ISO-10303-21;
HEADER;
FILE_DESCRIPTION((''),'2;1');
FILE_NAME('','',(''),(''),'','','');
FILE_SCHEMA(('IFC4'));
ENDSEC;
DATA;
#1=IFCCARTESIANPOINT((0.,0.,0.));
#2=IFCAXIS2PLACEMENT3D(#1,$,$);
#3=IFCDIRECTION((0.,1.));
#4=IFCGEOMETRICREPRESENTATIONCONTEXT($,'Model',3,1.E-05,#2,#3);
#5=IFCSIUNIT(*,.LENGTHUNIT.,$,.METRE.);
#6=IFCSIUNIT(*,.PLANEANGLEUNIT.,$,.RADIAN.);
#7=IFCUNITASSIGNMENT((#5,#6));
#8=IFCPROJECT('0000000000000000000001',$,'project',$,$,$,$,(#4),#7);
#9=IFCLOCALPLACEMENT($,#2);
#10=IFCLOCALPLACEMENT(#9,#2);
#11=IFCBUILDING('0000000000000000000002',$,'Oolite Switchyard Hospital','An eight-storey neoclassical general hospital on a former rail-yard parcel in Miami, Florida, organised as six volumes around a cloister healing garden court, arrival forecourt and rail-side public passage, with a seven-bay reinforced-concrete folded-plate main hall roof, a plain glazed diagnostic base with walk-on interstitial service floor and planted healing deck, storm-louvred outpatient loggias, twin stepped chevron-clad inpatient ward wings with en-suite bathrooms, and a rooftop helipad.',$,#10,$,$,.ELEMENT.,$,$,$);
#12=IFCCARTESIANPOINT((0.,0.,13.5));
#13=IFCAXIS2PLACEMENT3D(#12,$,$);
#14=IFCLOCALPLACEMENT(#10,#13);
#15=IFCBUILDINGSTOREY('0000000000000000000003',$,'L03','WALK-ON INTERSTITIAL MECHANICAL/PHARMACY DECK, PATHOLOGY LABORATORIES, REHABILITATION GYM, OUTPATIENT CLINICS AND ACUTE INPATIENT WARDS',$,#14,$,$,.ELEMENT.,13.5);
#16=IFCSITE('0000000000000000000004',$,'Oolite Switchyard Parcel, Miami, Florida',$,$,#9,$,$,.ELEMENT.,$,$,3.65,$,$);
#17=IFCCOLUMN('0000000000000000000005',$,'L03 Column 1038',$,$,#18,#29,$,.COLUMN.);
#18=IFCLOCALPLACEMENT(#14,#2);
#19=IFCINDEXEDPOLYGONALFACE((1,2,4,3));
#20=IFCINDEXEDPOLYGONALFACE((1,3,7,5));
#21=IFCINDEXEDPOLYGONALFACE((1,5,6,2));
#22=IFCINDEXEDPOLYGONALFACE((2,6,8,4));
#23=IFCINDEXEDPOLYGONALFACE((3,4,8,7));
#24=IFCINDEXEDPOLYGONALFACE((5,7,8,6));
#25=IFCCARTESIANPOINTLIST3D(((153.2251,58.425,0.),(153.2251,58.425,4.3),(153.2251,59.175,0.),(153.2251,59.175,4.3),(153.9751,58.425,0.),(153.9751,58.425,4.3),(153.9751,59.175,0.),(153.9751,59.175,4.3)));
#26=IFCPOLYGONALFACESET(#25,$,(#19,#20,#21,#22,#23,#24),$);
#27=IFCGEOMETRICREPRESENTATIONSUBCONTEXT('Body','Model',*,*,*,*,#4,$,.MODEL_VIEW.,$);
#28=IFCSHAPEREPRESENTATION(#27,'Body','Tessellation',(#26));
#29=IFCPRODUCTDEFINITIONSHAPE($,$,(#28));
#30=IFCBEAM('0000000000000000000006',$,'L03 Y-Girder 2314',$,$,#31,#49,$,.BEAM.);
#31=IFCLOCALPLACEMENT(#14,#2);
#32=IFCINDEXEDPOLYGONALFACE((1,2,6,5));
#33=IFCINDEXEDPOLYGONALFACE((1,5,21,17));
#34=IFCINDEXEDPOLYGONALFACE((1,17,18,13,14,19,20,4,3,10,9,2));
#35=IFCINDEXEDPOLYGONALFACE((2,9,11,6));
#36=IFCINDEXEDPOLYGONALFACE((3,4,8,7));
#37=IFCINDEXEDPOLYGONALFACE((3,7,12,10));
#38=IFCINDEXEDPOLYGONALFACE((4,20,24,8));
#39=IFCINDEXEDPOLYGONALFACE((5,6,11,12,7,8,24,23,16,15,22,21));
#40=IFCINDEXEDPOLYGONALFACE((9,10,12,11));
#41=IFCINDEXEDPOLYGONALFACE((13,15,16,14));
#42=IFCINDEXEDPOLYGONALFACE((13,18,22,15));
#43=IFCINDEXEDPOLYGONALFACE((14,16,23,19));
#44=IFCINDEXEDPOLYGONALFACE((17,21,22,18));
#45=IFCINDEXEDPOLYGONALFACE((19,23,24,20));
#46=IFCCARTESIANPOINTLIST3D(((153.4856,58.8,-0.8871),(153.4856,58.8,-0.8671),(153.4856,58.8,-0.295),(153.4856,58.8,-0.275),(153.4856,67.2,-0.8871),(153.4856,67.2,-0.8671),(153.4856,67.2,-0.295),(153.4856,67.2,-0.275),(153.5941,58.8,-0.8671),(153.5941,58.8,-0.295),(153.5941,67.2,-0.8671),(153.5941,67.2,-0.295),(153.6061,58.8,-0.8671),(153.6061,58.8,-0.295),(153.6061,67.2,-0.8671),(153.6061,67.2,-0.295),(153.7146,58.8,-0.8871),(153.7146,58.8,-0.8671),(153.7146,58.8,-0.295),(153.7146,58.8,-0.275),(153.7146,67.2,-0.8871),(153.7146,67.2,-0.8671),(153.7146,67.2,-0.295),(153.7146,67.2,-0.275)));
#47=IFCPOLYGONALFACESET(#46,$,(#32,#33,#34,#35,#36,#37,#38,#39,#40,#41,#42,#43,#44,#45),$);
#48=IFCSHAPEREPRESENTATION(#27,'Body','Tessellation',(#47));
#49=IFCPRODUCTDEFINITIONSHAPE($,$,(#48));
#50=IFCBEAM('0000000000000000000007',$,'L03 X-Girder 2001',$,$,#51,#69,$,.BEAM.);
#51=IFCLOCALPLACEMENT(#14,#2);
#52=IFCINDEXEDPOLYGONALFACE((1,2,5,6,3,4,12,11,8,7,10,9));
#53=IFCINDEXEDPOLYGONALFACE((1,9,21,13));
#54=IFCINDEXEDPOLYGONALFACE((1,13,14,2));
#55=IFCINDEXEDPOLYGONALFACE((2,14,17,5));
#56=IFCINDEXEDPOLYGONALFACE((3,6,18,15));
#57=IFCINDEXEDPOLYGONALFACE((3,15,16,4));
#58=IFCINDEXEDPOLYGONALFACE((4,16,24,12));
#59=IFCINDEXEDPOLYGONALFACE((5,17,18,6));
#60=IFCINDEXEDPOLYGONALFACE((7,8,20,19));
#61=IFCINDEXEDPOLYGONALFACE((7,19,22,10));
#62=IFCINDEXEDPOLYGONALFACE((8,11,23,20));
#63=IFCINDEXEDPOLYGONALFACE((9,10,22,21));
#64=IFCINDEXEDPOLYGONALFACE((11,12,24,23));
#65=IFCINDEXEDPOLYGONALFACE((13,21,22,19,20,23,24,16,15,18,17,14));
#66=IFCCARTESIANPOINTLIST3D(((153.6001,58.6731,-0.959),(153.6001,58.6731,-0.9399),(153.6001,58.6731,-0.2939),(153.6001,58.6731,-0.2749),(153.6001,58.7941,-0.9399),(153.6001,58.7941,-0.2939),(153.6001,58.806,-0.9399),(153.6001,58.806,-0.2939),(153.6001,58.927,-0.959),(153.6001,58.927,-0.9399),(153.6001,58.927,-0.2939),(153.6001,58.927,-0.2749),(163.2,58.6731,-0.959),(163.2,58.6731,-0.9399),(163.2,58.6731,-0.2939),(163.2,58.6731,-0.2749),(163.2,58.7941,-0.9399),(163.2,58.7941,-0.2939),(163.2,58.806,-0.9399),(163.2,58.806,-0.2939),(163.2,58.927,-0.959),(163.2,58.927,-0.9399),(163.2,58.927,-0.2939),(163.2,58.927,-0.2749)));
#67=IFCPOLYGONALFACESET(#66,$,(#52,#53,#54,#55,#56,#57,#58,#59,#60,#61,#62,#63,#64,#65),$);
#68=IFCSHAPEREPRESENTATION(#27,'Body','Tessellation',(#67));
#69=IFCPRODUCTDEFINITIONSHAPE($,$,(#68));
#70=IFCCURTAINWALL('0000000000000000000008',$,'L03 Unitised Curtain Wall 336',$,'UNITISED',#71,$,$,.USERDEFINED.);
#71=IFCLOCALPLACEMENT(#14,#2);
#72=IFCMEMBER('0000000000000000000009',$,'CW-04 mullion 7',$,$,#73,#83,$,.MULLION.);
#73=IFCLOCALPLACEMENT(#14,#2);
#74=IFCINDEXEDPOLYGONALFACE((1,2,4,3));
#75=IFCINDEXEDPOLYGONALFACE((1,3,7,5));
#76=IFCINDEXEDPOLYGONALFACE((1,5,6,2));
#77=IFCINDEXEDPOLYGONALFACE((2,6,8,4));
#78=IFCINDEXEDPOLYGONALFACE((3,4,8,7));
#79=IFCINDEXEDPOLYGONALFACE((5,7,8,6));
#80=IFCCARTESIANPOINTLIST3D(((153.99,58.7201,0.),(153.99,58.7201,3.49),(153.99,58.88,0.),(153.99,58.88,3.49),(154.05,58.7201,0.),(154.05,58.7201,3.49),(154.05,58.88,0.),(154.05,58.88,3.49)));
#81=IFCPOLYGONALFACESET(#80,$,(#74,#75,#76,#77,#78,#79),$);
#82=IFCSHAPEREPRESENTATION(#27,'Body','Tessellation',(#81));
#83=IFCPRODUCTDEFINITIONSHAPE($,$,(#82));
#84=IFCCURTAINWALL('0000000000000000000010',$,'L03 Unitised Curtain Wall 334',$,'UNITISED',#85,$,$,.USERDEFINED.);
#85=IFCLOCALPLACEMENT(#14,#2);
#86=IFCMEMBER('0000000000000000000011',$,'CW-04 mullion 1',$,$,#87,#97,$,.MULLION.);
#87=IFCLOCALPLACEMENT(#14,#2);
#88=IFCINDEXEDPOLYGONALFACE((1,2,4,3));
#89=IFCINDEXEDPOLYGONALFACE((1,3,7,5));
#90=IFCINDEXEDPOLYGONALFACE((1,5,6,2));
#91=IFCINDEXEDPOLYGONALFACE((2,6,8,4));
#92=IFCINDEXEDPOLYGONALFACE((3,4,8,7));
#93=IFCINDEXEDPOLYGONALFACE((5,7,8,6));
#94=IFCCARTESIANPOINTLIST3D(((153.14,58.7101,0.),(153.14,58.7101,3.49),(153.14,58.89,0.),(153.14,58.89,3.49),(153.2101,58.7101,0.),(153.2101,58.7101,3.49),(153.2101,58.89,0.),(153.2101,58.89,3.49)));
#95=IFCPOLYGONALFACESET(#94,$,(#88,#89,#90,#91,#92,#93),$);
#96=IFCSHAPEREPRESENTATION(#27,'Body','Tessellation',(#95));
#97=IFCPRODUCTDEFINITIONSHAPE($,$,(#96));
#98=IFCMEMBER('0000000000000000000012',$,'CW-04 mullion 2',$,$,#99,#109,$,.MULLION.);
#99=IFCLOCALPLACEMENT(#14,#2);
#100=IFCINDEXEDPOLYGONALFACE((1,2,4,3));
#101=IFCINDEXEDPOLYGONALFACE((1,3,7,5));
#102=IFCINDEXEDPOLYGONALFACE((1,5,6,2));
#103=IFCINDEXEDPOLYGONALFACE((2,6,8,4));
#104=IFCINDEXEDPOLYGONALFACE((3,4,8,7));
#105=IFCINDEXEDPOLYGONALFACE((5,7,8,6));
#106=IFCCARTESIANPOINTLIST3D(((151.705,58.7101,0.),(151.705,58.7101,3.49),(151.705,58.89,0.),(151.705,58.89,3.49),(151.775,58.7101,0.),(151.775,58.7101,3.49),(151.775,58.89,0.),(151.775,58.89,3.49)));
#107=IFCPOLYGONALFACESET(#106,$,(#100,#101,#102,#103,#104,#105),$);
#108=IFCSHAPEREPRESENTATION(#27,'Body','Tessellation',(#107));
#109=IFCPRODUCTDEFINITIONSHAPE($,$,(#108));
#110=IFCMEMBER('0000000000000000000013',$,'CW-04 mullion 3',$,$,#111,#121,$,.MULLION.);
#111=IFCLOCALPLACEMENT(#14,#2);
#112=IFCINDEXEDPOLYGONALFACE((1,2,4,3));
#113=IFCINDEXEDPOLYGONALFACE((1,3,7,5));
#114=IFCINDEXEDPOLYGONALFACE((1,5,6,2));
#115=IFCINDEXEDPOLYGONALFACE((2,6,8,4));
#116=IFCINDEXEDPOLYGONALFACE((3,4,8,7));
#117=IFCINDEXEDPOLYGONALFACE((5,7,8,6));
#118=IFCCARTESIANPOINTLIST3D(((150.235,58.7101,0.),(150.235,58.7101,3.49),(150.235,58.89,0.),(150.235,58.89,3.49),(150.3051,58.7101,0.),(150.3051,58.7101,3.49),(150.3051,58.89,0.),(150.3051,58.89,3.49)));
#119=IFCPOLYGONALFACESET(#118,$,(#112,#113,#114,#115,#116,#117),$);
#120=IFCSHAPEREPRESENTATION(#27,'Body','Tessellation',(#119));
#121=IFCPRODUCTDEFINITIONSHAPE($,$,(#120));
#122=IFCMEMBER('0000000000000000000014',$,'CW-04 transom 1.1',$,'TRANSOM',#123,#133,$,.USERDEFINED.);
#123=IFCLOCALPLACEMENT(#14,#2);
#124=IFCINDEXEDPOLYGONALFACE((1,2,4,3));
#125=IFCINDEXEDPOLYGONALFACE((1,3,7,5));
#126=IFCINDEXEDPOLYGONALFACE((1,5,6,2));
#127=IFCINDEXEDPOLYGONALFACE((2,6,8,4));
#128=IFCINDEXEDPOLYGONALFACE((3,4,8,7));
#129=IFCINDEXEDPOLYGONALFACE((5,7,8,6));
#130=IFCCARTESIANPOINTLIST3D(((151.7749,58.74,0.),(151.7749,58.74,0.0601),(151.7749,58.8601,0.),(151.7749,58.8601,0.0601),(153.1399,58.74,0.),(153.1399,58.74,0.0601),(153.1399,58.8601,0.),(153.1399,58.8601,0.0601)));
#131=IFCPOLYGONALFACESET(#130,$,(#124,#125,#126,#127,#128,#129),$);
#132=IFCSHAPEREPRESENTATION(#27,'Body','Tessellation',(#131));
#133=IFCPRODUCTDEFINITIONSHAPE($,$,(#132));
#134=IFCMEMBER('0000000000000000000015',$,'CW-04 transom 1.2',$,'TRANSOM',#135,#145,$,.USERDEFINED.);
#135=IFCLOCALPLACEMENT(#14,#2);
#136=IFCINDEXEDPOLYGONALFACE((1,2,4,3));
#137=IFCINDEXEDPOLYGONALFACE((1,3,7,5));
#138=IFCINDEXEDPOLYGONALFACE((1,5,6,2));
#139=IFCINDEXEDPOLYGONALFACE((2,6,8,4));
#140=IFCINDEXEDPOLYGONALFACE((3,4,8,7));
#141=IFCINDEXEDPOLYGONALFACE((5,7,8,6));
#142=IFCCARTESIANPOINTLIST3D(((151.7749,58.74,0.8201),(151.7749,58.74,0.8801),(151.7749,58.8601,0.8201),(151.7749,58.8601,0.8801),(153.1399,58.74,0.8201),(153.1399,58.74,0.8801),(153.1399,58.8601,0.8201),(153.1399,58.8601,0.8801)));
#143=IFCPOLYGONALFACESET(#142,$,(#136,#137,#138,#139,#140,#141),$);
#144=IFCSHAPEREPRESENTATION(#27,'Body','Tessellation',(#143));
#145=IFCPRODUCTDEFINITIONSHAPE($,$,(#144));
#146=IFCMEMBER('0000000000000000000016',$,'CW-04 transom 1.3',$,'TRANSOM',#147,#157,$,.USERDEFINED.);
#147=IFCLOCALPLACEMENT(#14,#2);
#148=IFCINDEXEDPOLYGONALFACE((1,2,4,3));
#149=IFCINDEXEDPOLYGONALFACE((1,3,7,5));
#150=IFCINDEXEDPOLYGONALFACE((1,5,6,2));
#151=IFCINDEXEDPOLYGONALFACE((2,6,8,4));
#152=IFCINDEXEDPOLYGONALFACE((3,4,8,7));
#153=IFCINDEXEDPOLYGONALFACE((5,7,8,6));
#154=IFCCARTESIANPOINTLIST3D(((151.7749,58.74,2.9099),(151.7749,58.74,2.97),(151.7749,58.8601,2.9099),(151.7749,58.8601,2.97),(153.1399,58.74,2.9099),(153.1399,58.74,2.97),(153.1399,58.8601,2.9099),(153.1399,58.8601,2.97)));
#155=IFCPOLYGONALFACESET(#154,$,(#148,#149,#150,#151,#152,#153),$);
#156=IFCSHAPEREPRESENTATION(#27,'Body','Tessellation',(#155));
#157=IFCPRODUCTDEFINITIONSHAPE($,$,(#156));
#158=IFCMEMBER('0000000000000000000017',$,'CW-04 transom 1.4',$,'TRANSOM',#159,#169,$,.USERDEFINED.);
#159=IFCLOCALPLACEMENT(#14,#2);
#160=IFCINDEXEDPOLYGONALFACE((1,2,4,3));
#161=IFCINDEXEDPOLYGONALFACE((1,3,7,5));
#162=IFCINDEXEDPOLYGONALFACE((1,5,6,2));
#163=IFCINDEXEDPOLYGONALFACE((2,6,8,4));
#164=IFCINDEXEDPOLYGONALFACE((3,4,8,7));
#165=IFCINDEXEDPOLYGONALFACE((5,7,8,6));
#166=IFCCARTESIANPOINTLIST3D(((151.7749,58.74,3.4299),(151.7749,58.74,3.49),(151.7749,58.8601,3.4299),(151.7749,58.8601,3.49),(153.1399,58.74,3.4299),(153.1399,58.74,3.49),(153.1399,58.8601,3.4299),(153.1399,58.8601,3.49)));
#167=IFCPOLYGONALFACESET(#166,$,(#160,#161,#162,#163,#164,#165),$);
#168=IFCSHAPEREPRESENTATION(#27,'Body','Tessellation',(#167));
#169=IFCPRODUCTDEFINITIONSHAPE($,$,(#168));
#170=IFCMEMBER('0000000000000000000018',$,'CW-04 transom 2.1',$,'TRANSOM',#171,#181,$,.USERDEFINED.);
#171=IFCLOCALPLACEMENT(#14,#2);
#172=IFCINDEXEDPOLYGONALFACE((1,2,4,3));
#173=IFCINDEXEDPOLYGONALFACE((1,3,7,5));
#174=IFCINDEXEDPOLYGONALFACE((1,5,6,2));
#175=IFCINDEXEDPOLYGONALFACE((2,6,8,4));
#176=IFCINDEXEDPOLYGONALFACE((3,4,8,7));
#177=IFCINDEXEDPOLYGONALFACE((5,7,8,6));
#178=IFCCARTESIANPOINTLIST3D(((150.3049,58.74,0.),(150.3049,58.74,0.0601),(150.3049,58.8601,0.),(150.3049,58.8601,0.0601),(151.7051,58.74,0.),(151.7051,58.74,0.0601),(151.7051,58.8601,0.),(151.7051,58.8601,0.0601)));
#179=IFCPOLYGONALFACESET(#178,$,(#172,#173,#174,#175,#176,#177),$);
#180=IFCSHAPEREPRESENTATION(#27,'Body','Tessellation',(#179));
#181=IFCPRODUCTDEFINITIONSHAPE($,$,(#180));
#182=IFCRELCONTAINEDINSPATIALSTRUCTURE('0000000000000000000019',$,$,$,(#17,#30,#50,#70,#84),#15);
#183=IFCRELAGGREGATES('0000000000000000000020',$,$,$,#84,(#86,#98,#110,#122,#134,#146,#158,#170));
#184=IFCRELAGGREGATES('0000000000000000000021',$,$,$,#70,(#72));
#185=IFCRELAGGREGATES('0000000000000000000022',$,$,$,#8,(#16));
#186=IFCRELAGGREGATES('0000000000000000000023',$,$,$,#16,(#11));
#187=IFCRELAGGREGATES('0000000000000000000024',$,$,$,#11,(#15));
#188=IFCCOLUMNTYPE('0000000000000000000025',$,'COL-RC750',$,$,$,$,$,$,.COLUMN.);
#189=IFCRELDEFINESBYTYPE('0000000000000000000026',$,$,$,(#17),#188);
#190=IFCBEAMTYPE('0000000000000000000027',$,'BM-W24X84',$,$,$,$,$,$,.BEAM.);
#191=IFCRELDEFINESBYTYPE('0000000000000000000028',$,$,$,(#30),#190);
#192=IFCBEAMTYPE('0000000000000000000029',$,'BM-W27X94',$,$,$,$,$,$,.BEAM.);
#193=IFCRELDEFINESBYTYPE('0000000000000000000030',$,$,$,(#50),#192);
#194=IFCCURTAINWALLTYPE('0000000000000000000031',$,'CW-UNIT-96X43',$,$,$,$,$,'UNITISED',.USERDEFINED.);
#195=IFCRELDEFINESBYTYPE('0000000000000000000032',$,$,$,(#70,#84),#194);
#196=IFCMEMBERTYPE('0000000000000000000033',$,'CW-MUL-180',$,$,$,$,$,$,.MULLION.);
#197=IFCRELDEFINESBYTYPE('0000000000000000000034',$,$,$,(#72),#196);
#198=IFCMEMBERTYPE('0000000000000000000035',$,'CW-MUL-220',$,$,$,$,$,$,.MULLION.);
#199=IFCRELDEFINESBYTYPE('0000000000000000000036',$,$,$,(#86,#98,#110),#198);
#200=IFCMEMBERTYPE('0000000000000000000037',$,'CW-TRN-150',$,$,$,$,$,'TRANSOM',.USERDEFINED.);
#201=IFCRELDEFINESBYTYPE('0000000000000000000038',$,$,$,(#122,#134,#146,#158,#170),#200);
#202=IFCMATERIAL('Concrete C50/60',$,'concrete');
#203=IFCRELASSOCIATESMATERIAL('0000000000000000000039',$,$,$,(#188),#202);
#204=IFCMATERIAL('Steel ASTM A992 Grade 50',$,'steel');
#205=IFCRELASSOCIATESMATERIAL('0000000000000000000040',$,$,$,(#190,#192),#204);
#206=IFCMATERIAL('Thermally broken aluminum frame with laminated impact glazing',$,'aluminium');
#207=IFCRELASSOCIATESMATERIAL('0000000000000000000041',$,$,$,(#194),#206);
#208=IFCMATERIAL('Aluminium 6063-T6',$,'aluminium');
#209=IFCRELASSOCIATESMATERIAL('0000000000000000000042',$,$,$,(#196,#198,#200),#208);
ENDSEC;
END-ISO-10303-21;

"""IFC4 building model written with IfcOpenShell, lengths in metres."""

from ifc_helpers import new_model, si_unit, direction, frame, origin, origin_2d, place, context, subcontext, project, spatial, rectangle, i_section, extrude, material, material_profile, profile_set, type_object, element, aggregate, save


model = new_model("IFC4")

# Units and contexts
model_context = context("Model", 3, precision=1e-05, world=origin(), true_north=direction((0.0, 1.0)))
body_context = subcontext(model_context, "Body", "Model", "MODEL_VIEW")
ifc_project = project(units=[si_unit("LENGTHUNIT", "METRE"), si_unit("PLANEANGLEUNIT", "RADIAN")], contexts=[model_context])

# Site, building, storey
site_placement = place(None, origin())
site = spatial("IfcSite", under=ifc_project, at=site_placement, Name="Oolite Switchyard Parcel, Miami, Florida", CompositionType="ELEMENT", RefElevation=3.65)
building_placement = place(site_placement, origin())
building = spatial("IfcBuilding", under=site, at=building_placement, Name="Oolite Switchyard Hospital", Description="An eight-storey neoclassical general hospital on a former rail-yard parcel in Miami, Florida, organised as six volumes around a cloister healing garden court, arrival forecourt and rail-side public passage, with a seven-bay reinforced-concrete folded-plate main hall roof, a plain glazed diagnostic base with walk-on interstitial service floor and planted healing deck, storm-louvred outpatient loggias, twin stepped chevron-clad inpatient ward wings with en-suite bathrooms, and a rooftop helipad.", CompositionType="ELEMENT")
storey_placement = place(building_placement, frame((0.0, 0.0, 13.5)))
storey = spatial("IfcBuildingStorey", under=building, at=storey_placement, Name="L03", Description="WALK-ON INTERSTITIAL MECHANICAL/PHARMACY DECK, PATHOLOGY LABORATORIES, REHABILITATION GYM, OUTPATIENT CLINICS AND ACUTE INPATIENT WARDS", CompositionType="ELEMENT", Elevation=13.5)

# Column
ifc_material_1 = material(Name="Concrete C50/60", Category="concrete")
ifc_material_profile_1 = material_profile(ifc_material_1, rectangle(XDim=0.75, YDim=0.75, at=origin_2d()), Name="RC750X750")
ifc_profile_set_1 = profile_set([ifc_material_profile_1], Name="Concrete C50/60")
column_type = type_object("IfcColumnType", Name="COL-RC750", PredefinedType="COLUMN", material=ifc_profile_set_1)
column_placement = place(storey_placement, frame((153.6001, 58.8, 0.0), z_axis=(0.0, 0.0, 1.0), x_axis=(1.0, 0.0, 0.0)))
element("IfcColumn", 1, at=column_placement, inside=storey, type_object=column_type, Name="L03 Column 1038", PredefinedType="COLUMN", context=body_context, shape_type="SweptSolid", body=[
    extrude(rectangle(XDim=0.75, YDim=0.75, at=origin_2d()), origin(), (0.0, 0.0, 1.0), 4.3),
])

# Beams
ifc_material_2 = material(Name="Steel ASTM A992 Grade 50", Category="steel")
ifc_material_profile_2 = material_profile(ifc_material_2, i_section(OverallWidth=0.229, OverallDepth=0.6121, WebThickness=0.012, FlangeThickness=0.02, at=origin_2d()), Name="W24X84")
ifc_profile_set_2 = profile_set([ifc_material_profile_2], Name="Steel ASTM A992 Grade 50")
beam_type_1 = type_object("IfcBeamType", Name="BM-W24X84", PredefinedType="BEAM", material=ifc_profile_set_2)
beam_1_placement = place(storey_placement, frame((153.6001, 58.8, -0.5811), z_axis=(0.0, 1.0, 0.0), x_axis=(-1.0, 0.0, 0.0)))
element("IfcBeam", 2, at=beam_1_placement, inside=storey, type_object=beam_type_1, Name="L03 Y-Girder 2314", PredefinedType="BEAM", context=body_context, shape_type="SweptSolid", body=[
    extrude(i_section(OverallWidth=0.229, OverallDepth=0.6121, WebThickness=0.012, FlangeThickness=0.02, at=origin_2d()), origin(), (0.0, 0.0, 1.0), 8.3999),
])
ifc_material_profile_3 = material_profile(ifc_material_2, i_section(OverallWidth=0.2539, OverallDepth=0.6841, WebThickness=0.012, FlangeThickness=0.019, at=origin_2d()), Name="W27X94")
ifc_profile_set_3 = profile_set([ifc_material_profile_3], Name="Steel ASTM A992 Grade 50")
beam_type_2 = type_object("IfcBeamType", Name="BM-W27X94", PredefinedType="BEAM", material=ifc_profile_set_3)
beam_2_placement = place(storey_placement, frame((153.6001, 58.8, -0.6169), z_axis=(1.0, 0.0, 0.0), x_axis=(0.0, 1.0, 0.0)))
element("IfcBeam", 3, at=beam_2_placement, inside=storey, type_object=beam_type_2, Name="L03 X-Girder 2001", PredefinedType="BEAM", context=body_context, shape_type="SweptSolid", body=[
    extrude(i_section(OverallWidth=0.2539, OverallDepth=0.6841, WebThickness=0.012, FlangeThickness=0.019, at=origin_2d()), origin(), (0.0, 0.0, 1.0), 9.5999),
])

# Curtain wall, member
ifc_material_3 = material(Name="Thermally broken aluminum frame with laminated impact glazing", Category="aluminium")
curtain_wall_type = type_object("IfcCurtainWallType", Name="CW-UNIT-96X43", ElementType="UNITISED", PredefinedType="USERDEFINED", material=ifc_material_3)
curtain_wall_1_placement = place(storey_placement, origin())
curtain_wall_1 = element("IfcCurtainWall", 4, at=curtain_wall_1_placement, inside=storey, type_object=curtain_wall_type, Name="L03 Unitised Curtain Wall 336", ObjectType="UNITISED", PredefinedType="USERDEFINED")
ifc_material_4 = material(Name="Aluminium 6063-T6", Category="aluminium")
ifc_material_profile_4 = material_profile(ifc_material_4, rectangle(XDim=0.1599, YDim=0.0601, at=origin_2d()), Name="CWM60X160")
ifc_profile_set_4 = profile_set([ifc_material_profile_4], Name="Aluminium 6063-T6")
member_type_1 = type_object("IfcMemberType", Name="CW-MUL-180", PredefinedType="MULLION", material=ifc_profile_set_4)
member_1_placement = place(storey_placement, frame((154.02, 58.8, 0.0), z_axis=(0.0, 0.0, 1.0), x_axis=(0.0, -1.0, 0.0)))
member_1 = element("IfcMember", 5, at=member_1_placement, type_object=member_type_1, Name="CW-04 mullion 7", PredefinedType="MULLION", context=body_context, shape_type="SweptSolid", body=[
    extrude(rectangle(XDim=0.1599, YDim=0.0601, at=origin_2d()), origin(), (0.0, 0.0, 1.0), 3.49),
])

# Curtain wall, members
curtain_wall_2_placement = place(storey_placement, origin())
curtain_wall_2 = element("IfcCurtainWall", 6, at=curtain_wall_2_placement, inside=storey, type_object=curtain_wall_type, Name="L03 Unitised Curtain Wall 334", ObjectType="UNITISED", PredefinedType="USERDEFINED")
ifc_material_profile_5 = material_profile(ifc_material_4, rectangle(XDim=0.1799, YDim=0.0701, at=origin_2d()), Name="CWM70X180")
ifc_profile_set_5 = profile_set([ifc_material_profile_5], Name="Aluminium 6063-T6")
member_type_2 = type_object("IfcMemberType", Name="CW-MUL-220", PredefinedType="MULLION", material=ifc_profile_set_5)
member_2_placement = place(storey_placement, frame((153.175, 58.8, 0.0), z_axis=(0.0, 0.0, 1.0), x_axis=(0.0, -1.0, 0.0)))
member_2 = element("IfcMember", 7, at=member_2_placement, type_object=member_type_2, Name="CW-04 mullion 1", PredefinedType="MULLION", context=body_context, shape_type="SweptSolid", body=[
    extrude(rectangle(XDim=0.1799, YDim=0.0701, at=origin_2d()), origin(), (0.0, 0.0, 1.0), 3.49),
])
member_3_placement = place(storey_placement, frame((151.74, 58.8, 0.0), z_axis=(0.0, 0.0, 1.0), x_axis=(0.0, -1.0, 0.0)))
member_3 = element("IfcMember", 8, at=member_3_placement, type_object=member_type_2, Name="CW-04 mullion 2", PredefinedType="MULLION", context=body_context, shape_type="SweptSolid", body=[
    extrude(rectangle(XDim=0.1799, YDim=0.0701, at=origin_2d()), origin(), (0.0, 0.0, 1.0), 3.49),
])
member_4_placement = place(storey_placement, frame((150.27, 58.8, 0.0), z_axis=(0.0, 0.0, 1.0), x_axis=(0.0, -1.0, 0.0)))
member_4 = element("IfcMember", 9, at=member_4_placement, type_object=member_type_2, Name="CW-04 mullion 3", PredefinedType="MULLION", context=body_context, shape_type="SweptSolid", body=[
    extrude(rectangle(XDim=0.1799, YDim=0.0701, at=origin_2d()), origin(), (0.0, 0.0, 1.0), 3.49),
])
ifc_material_profile_6 = material_profile(ifc_material_4, rectangle(XDim=0.1201, YDim=0.0601, at=origin_2d()), Name="CWT60X120")
ifc_profile_set_6 = profile_set([ifc_material_profile_6], Name="Aluminium 6063-T6")
member_type_3 = type_object("IfcMemberType", Name="CW-TRN-150", ElementType="TRANSOM", PredefinedType="USERDEFINED", material=ifc_profile_set_6)
member_5_placement = place(storey_placement, frame((153.1399, 58.8, 0.03), z_axis=(-1.0, 0.0, 0.0), x_axis=(0.0, -1.0, 0.0)))
member_5 = element("IfcMember", 10, at=member_5_placement, type_object=member_type_3, Name="CW-04 transom 1.1", ObjectType="TRANSOM", PredefinedType="USERDEFINED", context=body_context, shape_type="SweptSolid", body=[
    extrude(rectangle(XDim=0.1201, YDim=0.0601, at=origin_2d()), origin(), (0.0, 0.0, 1.0), 1.365),
])
member_6_placement = place(storey_placement, frame((153.1399, 58.8, 0.8501), z_axis=(-1.0, 0.0, 0.0), x_axis=(0.0, -1.0, 0.0)))
member_6 = element("IfcMember", 11, at=member_6_placement, type_object=member_type_3, Name="CW-04 transom 1.2", ObjectType="TRANSOM", PredefinedType="USERDEFINED", context=body_context, shape_type="SweptSolid", body=[
    extrude(rectangle(XDim=0.1201, YDim=0.0601, at=origin_2d()), origin(), (0.0, 0.0, 1.0), 1.365),
])
member_7_placement = place(storey_placement, frame((153.1399, 58.8, 2.9399), z_axis=(-1.0, 0.0, 0.0), x_axis=(0.0, -1.0, 0.0)))
member_7 = element("IfcMember", 12, at=member_7_placement, type_object=member_type_3, Name="CW-04 transom 1.3", ObjectType="TRANSOM", PredefinedType="USERDEFINED", context=body_context, shape_type="SweptSolid", body=[
    extrude(rectangle(XDim=0.1201, YDim=0.0601, at=origin_2d()), origin(), (0.0, 0.0, 1.0), 1.365),
])
member_8_placement = place(storey_placement, frame((153.1399, 58.8, 3.46), z_axis=(-1.0, 0.0, 0.0), x_axis=(0.0, -1.0, 0.0)))
member_8 = element("IfcMember", 13, at=member_8_placement, type_object=member_type_3, Name="CW-04 transom 1.4", ObjectType="TRANSOM", PredefinedType="USERDEFINED", context=body_context, shape_type="SweptSolid", body=[
    extrude(rectangle(XDim=0.1201, YDim=0.0601, at=origin_2d()), origin(), (0.0, 0.0, 1.0), 1.365),
])
member_9_placement = place(storey_placement, frame((151.7051, 58.8, 0.03), z_axis=(-1.0, 0.0, 0.0), x_axis=(0.0, -1.0, 0.0)))
member_9 = element("IfcMember", 14, at=member_9_placement, type_object=member_type_3, Name="CW-04 transom 2.1", ObjectType="TRANSOM", PredefinedType="USERDEFINED", context=body_context, shape_type="SweptSolid", body=[
    extrude(rectangle(XDim=0.1201, YDim=0.0601, at=origin_2d()), origin(), (0.0, 0.0, 1.0), 1.4001),
])

aggregate(curtain_wall_2, [member_2, member_3, member_4, member_5, member_6, member_7, member_8, member_9])
aggregate(curtain_wall_1, [member_1])

save(model, "model.ifc")
